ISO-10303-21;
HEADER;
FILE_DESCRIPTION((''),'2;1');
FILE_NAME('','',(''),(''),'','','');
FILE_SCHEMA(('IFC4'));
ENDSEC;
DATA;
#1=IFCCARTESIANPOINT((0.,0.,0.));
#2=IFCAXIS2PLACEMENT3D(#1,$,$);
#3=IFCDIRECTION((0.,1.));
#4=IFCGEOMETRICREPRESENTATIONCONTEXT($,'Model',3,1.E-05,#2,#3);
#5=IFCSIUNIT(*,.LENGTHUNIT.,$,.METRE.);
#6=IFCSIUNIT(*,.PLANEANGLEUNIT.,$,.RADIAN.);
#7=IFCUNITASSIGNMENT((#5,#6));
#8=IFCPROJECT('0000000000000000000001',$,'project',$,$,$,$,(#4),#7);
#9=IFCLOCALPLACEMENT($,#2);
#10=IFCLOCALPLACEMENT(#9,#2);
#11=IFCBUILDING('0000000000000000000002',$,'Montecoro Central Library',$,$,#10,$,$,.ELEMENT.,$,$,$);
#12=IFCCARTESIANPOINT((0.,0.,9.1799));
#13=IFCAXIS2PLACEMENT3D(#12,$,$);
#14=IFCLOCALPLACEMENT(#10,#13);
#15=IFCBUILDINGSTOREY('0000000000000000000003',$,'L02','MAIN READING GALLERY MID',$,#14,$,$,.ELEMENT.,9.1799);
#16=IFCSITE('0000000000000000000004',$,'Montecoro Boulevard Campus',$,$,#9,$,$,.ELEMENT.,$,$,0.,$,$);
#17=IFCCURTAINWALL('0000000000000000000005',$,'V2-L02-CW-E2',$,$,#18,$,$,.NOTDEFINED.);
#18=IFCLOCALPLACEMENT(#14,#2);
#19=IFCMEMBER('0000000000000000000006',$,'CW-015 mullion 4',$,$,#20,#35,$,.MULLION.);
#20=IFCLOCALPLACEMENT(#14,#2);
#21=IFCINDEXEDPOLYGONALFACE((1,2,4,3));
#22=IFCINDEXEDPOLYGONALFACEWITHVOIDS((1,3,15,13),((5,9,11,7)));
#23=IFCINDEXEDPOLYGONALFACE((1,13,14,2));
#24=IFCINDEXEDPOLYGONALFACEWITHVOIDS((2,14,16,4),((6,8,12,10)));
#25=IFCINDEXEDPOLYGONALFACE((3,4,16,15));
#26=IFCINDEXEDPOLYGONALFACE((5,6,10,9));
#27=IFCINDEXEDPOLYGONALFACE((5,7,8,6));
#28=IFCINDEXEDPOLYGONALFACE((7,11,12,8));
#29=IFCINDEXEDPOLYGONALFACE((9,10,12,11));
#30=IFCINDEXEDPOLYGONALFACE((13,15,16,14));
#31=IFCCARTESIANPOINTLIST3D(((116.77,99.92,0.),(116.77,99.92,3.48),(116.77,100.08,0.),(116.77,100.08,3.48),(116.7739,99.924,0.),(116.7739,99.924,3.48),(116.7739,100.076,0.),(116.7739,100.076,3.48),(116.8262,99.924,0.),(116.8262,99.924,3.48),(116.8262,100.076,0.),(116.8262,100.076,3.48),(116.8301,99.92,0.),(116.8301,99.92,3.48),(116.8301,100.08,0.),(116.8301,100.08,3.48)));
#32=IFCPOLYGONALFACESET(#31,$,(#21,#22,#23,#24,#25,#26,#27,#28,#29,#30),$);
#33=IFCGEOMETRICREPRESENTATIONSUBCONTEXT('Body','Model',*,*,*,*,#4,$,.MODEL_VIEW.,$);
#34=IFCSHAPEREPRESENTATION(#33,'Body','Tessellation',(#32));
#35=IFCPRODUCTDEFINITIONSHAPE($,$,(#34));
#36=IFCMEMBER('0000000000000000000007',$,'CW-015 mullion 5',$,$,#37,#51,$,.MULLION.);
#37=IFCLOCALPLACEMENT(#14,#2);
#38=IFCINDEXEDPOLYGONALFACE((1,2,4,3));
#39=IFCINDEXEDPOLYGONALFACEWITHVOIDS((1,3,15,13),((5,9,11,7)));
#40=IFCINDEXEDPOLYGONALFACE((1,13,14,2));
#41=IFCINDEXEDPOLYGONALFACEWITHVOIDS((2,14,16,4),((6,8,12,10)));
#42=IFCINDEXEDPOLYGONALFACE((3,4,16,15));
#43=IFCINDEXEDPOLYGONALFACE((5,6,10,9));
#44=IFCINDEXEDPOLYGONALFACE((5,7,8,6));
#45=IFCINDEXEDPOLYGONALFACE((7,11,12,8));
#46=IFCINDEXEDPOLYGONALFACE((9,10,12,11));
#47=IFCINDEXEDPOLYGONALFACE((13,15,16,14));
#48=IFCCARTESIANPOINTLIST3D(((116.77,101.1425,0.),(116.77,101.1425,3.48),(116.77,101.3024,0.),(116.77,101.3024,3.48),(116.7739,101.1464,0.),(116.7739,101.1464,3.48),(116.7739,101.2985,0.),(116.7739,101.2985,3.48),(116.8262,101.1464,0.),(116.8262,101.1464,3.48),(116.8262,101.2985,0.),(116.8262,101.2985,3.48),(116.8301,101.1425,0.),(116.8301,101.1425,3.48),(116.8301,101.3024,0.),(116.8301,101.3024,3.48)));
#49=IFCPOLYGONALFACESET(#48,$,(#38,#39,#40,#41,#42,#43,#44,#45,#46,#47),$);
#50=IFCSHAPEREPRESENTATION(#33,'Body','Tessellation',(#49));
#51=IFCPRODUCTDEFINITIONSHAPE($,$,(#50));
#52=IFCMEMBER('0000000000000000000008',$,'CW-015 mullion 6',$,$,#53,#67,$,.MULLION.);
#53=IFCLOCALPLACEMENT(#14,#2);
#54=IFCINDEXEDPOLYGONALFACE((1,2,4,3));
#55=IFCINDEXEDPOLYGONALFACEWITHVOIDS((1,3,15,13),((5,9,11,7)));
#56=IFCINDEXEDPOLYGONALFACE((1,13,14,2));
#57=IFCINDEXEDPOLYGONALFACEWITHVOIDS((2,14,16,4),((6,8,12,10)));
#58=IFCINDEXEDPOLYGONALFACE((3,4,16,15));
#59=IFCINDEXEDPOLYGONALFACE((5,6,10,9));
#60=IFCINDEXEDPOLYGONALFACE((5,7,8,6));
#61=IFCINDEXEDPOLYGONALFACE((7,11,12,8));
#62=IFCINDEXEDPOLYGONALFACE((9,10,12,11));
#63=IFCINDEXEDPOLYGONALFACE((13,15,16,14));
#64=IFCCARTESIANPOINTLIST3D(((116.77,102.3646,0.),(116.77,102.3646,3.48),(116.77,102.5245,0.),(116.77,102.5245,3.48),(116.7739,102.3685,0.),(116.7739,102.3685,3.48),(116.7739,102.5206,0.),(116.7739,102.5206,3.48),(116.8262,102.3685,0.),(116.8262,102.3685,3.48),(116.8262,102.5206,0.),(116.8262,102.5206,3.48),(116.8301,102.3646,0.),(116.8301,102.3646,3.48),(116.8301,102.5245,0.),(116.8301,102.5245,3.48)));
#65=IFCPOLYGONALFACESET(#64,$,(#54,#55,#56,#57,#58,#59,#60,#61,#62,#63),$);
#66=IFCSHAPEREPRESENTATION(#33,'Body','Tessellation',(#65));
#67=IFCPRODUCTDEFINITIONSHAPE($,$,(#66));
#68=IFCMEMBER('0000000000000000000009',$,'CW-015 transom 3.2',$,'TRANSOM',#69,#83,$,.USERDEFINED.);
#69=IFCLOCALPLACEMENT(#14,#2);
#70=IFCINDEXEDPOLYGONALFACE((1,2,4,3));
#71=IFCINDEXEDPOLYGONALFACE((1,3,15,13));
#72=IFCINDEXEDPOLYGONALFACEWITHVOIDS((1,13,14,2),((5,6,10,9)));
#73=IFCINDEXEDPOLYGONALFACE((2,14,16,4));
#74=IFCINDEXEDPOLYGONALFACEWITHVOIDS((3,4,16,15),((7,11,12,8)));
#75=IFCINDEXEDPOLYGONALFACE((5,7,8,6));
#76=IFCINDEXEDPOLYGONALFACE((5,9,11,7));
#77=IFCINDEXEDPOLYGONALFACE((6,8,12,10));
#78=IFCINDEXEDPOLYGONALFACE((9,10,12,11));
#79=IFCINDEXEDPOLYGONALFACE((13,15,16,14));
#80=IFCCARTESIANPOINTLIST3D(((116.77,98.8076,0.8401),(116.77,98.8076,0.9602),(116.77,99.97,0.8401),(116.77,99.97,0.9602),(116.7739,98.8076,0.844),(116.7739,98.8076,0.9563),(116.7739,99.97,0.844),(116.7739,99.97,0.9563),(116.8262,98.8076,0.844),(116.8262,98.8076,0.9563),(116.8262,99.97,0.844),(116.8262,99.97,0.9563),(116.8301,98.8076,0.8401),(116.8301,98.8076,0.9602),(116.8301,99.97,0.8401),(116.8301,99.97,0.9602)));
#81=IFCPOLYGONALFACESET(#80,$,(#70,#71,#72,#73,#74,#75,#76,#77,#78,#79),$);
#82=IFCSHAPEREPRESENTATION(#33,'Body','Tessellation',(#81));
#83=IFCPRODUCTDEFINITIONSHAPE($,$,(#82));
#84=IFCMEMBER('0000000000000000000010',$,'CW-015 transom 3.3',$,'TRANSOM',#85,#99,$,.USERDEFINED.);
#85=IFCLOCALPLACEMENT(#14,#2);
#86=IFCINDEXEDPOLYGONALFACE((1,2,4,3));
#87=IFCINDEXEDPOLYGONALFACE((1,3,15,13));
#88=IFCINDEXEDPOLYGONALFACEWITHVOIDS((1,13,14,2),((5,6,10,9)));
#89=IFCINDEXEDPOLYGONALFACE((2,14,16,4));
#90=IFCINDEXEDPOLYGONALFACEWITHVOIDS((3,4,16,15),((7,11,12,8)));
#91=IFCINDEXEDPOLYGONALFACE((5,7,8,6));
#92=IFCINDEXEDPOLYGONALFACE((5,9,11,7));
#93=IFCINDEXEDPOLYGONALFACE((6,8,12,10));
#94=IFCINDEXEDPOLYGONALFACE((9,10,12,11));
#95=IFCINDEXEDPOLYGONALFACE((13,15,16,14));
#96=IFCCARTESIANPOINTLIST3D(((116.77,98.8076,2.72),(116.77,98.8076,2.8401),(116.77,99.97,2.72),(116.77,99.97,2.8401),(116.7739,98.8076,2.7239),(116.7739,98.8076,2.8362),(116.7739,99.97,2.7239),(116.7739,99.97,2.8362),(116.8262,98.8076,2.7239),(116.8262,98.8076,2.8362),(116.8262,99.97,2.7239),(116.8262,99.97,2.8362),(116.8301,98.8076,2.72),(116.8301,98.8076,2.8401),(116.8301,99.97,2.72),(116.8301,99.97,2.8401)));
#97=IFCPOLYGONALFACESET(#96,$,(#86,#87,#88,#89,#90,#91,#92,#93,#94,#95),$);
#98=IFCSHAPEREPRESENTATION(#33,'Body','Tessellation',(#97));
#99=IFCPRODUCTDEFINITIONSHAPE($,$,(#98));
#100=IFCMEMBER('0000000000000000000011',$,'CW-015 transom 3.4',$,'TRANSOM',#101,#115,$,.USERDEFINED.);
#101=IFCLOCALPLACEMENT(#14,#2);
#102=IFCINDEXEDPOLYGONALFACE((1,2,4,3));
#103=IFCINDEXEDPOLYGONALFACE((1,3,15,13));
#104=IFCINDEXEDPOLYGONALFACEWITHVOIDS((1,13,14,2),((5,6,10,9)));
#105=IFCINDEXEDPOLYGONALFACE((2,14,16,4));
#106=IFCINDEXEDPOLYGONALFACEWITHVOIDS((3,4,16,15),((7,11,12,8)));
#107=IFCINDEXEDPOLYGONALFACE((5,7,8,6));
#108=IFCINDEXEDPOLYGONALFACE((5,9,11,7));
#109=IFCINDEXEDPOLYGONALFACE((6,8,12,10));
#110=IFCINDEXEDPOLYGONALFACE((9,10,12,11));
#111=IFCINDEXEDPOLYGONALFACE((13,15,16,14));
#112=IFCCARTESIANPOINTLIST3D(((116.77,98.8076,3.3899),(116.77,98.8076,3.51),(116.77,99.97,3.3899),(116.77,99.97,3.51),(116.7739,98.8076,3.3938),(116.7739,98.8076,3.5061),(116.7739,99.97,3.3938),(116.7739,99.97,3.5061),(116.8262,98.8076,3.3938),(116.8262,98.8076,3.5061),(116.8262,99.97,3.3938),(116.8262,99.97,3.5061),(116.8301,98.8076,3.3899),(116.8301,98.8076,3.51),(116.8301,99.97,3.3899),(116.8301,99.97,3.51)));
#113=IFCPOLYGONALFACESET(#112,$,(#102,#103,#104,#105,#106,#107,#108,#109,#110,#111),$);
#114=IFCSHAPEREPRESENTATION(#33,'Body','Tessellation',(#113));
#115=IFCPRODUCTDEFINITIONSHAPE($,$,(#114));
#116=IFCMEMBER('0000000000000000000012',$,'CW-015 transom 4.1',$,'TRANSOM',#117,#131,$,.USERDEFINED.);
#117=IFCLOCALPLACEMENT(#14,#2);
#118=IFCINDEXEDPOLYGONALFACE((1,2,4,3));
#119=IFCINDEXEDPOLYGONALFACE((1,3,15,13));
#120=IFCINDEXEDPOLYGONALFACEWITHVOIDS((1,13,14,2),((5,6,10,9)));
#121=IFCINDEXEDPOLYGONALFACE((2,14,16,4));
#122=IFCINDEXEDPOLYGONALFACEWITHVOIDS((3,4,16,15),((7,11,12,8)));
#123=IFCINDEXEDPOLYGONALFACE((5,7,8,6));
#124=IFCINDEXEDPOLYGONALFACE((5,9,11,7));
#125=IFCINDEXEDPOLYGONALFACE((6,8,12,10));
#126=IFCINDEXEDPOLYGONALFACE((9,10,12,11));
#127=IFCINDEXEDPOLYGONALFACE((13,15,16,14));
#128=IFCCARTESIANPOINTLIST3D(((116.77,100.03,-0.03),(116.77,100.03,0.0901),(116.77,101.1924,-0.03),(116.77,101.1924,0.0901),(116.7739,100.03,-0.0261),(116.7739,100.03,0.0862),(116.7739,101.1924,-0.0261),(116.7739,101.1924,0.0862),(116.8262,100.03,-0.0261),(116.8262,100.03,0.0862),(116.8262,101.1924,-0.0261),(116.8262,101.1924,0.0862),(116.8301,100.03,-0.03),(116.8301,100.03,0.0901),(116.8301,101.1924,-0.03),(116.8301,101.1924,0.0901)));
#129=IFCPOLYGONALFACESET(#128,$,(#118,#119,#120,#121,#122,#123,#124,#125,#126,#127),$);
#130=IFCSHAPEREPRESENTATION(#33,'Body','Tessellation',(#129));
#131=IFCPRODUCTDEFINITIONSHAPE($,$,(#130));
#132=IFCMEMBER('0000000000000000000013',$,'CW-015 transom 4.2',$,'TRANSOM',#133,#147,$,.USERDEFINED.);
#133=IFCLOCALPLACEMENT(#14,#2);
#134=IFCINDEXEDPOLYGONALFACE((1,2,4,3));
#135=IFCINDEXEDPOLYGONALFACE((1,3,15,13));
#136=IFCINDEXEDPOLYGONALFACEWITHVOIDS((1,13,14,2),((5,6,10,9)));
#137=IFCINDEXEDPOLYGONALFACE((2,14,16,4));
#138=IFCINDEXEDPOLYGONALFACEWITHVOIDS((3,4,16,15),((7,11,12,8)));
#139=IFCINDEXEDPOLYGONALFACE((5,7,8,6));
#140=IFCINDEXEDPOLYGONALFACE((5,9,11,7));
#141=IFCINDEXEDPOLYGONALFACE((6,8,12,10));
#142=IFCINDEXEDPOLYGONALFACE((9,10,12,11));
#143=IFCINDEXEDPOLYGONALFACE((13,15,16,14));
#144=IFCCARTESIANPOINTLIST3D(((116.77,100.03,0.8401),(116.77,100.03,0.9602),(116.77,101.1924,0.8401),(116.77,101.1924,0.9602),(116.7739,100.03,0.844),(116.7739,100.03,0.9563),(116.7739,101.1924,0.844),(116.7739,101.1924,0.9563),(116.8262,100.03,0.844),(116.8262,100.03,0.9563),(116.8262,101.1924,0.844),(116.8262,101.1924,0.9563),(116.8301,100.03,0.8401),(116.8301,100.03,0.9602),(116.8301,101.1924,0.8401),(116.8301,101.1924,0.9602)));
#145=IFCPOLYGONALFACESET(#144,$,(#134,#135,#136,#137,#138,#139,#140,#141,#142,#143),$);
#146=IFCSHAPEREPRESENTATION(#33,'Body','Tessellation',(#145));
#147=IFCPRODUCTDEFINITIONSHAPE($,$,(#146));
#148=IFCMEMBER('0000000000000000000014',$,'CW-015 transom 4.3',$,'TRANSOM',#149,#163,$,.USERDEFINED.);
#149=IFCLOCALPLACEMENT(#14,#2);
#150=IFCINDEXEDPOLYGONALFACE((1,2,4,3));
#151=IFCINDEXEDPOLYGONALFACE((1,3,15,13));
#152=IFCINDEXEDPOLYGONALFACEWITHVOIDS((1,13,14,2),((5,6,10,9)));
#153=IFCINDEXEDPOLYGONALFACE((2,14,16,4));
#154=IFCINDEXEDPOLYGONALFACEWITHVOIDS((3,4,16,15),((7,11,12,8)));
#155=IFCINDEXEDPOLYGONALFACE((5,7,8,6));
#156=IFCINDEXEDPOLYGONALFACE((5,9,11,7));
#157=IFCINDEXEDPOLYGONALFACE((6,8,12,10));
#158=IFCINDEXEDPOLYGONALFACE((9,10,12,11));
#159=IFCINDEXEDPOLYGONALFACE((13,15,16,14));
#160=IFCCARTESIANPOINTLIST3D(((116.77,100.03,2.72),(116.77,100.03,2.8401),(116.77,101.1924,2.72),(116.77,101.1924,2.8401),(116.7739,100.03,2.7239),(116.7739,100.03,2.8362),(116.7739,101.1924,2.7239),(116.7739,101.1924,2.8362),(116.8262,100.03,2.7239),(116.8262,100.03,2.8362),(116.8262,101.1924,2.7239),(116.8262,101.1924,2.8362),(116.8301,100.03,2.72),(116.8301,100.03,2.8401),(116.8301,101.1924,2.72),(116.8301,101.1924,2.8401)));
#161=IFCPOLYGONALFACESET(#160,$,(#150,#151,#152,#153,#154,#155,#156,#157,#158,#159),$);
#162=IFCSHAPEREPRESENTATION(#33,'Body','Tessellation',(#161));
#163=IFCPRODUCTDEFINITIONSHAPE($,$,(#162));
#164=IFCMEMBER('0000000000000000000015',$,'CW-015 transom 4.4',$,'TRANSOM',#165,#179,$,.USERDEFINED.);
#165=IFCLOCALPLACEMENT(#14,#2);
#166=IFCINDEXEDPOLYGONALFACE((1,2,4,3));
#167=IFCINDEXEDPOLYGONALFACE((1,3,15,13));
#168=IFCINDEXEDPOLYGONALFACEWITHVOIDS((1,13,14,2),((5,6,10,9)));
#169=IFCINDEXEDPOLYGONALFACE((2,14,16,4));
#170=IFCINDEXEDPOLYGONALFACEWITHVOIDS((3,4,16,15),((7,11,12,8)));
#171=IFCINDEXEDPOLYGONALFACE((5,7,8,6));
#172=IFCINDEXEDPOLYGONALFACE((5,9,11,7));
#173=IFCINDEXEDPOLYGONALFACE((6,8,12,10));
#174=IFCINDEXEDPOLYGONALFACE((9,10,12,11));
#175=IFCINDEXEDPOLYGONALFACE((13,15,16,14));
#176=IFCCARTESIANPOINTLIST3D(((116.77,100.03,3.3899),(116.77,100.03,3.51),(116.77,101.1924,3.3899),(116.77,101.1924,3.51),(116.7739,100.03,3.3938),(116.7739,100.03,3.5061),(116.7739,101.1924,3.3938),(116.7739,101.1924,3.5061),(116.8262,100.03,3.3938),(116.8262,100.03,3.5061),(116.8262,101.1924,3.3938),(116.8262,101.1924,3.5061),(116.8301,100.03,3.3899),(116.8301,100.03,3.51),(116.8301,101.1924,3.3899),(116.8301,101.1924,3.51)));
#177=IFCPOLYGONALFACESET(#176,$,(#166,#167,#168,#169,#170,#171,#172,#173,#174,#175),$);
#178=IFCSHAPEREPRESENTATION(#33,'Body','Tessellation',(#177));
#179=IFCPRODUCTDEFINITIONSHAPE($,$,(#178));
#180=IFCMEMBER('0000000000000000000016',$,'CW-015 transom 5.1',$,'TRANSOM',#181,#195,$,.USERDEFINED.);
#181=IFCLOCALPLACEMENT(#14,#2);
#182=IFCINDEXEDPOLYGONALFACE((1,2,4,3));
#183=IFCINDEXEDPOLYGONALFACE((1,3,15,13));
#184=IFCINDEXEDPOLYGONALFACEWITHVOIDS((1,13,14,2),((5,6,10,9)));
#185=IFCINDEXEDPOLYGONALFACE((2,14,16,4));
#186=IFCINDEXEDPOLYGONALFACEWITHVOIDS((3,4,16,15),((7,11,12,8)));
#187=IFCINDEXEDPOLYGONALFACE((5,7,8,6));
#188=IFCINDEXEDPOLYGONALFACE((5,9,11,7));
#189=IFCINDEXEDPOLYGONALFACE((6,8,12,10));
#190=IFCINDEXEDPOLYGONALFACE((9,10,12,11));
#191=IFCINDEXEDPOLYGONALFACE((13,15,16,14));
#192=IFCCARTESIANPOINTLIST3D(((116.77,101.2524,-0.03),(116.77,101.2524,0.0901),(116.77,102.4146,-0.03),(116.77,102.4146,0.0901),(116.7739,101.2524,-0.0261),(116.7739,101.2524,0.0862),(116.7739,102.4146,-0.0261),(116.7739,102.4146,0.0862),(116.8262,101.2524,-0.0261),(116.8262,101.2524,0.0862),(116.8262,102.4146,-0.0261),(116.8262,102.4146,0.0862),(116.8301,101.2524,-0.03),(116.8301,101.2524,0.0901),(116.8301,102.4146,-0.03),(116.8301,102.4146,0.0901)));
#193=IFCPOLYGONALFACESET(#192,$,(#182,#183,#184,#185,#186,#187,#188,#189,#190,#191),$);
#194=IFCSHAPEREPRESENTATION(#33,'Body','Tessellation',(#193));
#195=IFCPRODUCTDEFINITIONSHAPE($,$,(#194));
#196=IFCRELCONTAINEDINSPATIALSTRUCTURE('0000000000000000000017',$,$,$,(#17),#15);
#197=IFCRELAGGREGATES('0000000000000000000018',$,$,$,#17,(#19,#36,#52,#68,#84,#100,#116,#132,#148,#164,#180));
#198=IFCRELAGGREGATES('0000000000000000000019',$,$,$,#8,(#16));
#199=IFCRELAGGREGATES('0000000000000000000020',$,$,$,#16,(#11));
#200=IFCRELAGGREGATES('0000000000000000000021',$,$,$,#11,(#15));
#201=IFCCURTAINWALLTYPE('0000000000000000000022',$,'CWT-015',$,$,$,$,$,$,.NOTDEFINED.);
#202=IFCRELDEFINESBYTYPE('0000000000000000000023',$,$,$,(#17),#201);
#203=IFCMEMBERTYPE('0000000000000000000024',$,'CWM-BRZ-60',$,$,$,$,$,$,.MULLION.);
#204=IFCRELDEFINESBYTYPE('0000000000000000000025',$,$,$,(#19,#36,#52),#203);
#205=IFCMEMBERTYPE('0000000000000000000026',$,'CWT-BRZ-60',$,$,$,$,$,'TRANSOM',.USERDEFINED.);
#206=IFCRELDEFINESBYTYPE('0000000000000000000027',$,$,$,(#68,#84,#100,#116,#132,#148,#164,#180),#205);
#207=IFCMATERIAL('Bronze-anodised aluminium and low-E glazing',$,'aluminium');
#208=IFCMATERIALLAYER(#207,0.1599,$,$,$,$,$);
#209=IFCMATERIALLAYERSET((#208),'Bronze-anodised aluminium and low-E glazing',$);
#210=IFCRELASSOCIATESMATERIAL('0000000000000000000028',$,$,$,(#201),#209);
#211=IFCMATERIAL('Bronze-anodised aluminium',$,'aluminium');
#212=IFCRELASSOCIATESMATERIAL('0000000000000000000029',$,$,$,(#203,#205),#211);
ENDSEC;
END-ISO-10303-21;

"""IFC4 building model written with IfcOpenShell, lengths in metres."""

from ifc_helpers import new_model, si_unit, direction, frame, origin, origin_2d, place, context, subcontext, project, spatial, hollow_rectangle, extrude, material, layer, layer_set, material_profile, profile_set, type_object, element, aggregate, save


model = new_model("IFC4")

# Units and contexts
model_context = context("Model", 3, precision=1e-05, world=origin(), true_north=direction((0.0, 1.0)))
body_context = subcontext(model_context, "Body", "Model", "MODEL_VIEW")
ifc_project = project(units=[si_unit("LENGTHUNIT", "METRE"), si_unit("PLANEANGLEUNIT", "RADIAN")], contexts=[model_context])

# Site, building, storey
site_placement = place(None, origin())
site = spatial("IfcSite", under=ifc_project, at=site_placement, Name="Montecoro Boulevard Campus", CompositionType="ELEMENT", RefElevation=0.0)
building_placement = place(site_placement, origin())
building = spatial("IfcBuilding", under=site, at=building_placement, Name="Montecoro Central Library", CompositionType="ELEMENT")
storey_placement = place(building_placement, frame((0.0, 0.0, 9.1799)))
storey = spatial("IfcBuildingStorey", under=building, at=storey_placement, Name="L02", Description="MAIN READING GALLERY MID", CompositionType="ELEMENT", Elevation=9.1799)

# Curtain wall, members
ifc_material_1 = material(Name="Bronze-anodised aluminium and low-E glazing", Category="aluminium")
ifc_layer_1 = layer(ifc_material_1, 0.1599)
ifc_layer_set_1 = layer_set([ifc_layer_1], Name="Bronze-anodised aluminium and low-E glazing")
curtain_wall_type = type_object("IfcCurtainWallType", Name="CWT-015", PredefinedType="NOTDEFINED", material=ifc_layer_set_1)
curtain_wall_placement = place(storey_placement, origin())
curtain_wall = element("IfcCurtainWall", 1, at=curtain_wall_placement, inside=storey, type_object=curtain_wall_type, Name="V2-L02-CW-E2", PredefinedType="NOTDEFINED")
ifc_material_2 = material(Name="Bronze-anodised aluminium", Category="aluminium")
ifc_material_profile_1 = material_profile(ifc_material_2, hollow_rectangle(XDim=0.0601, YDim=0.1599, WallThickness=0.0039, at=origin_2d()), Name="CWM 160x60x4.0")
ifc_profile_set_1 = profile_set([ifc_material_profile_1], Name="Bronze-anodised aluminium")
member_type_1 = type_object("IfcMemberType", Name="CWM-BRZ-60", PredefinedType="MULLION", material=ifc_profile_set_1)
member_1_placement = place(storey_placement, frame((116.8, 100.0, 0.0), z_axis=(0.0, 0.0, 1.0), x_axis=(-1.0, 0.0, 0.0)))
member_1 = element("IfcMember", 2, at=member_1_placement, type_object=member_type_1, Name="CW-015 mullion 4", PredefinedType="MULLION", context=body_context, shape_type="SweptSolid", body=[
    extrude(hollow_rectangle(XDim=0.0601, YDim=0.1599, WallThickness=0.0039, at=origin_2d()), origin(), (0.0, 0.0, 1.0), 3.48),
])
member_2_placement = place(storey_placement, frame((116.8, 101.2224, 0.0), z_axis=(0.0, 0.0, 1.0), x_axis=(-1.0, 0.0, 0.0)))
member_2 = element("IfcMember", 3, at=member_2_placement, type_object=member_type_1, Name="CW-015 mullion 5", PredefinedType="MULLION", context=body_context, shape_type="SweptSolid", body=[
    extrude(hollow_rectangle(XDim=0.0601, YDim=0.1599, WallThickness=0.0039, at=origin_2d()), origin(), (0.0, 0.0, 1.0), 3.48),
])
member_3_placement = place(storey_placement, frame((116.8, 102.4446, 0.0), z_axis=(0.0, 0.0, 1.0), x_axis=(-1.0, 0.0, 0.0)))
member_3 = element("IfcMember", 4, at=member_3_placement, type_object=member_type_1, Name="CW-015 mullion 6", PredefinedType="MULLION", context=body_context, shape_type="SweptSolid", body=[
    extrude(hollow_rectangle(XDim=0.0601, YDim=0.1599, WallThickness=0.0039, at=origin_2d()), origin(), (0.0, 0.0, 1.0), 3.48),
])
ifc_material_profile_2 = material_profile(ifc_material_2, hollow_rectangle(XDim=0.0601, YDim=0.1201, WallThickness=0.0039, at=origin_2d()), Name="CWT 120x60x4.0")
ifc_profile_set_2 = profile_set([ifc_material_profile_2], Name="Bronze-anodised aluminium")
member_type_2 = type_object("IfcMemberType", Name="CWT-BRZ-60", ElementType="TRANSOM", PredefinedType="USERDEFINED", material=ifc_profile_set_2)
member_4_placement = place(storey_placement, frame((116.8, 98.8076, 0.9001), z_axis=(0.0, 1.0, 0.0), x_axis=(-1.0, 0.0, 0.0)))
member_4 = element("IfcMember", 5, at=member_4_placement, type_object=member_type_2, Name="CW-015 transom 3.2", ObjectType="TRANSOM", PredefinedType="USERDEFINED", context=body_context, shape_type="SweptSolid", body=[
    extrude(hollow_rectangle(XDim=0.0601, YDim=0.1201, WallThickness=0.0039, at=origin_2d()), origin(), (0.0, 0.0, 1.0), 1.1624),
])
member_5_placement = place(storey_placement, frame((116.8, 98.8076, 2.78), z_axis=(0.0, 1.0, 0.0), x_axis=(-1.0, 0.0, 0.0)))
member_5 = element("IfcMember", 6, at=member_5_placement, type_object=member_type_2, Name="CW-015 transom 3.3", ObjectType="TRANSOM", PredefinedType="USERDEFINED", context=body_context, shape_type="SweptSolid", body=[
    extrude(hollow_rectangle(XDim=0.0601, YDim=0.1201, WallThickness=0.0039, at=origin_2d()), origin(), (0.0, 0.0, 1.0), 1.1624),
])
member_6_placement = place(storey_placement, frame((116.8, 98.8076, 3.45), z_axis=(0.0, 1.0, 0.0), x_axis=(-1.0, 0.0, 0.0)))
member_6 = element("IfcMember", 7, at=member_6_placement, type_object=member_type_2, Name="CW-015 transom 3.4", ObjectType="TRANSOM", PredefinedType="USERDEFINED", context=body_context, shape_type="SweptSolid", body=[
    extrude(hollow_rectangle(XDim=0.0601, YDim=0.1201, WallThickness=0.0039, at=origin_2d()), origin(), (0.0, 0.0, 1.0), 1.1624),
])
member_7_placement = place(storey_placement, frame((116.8, 100.03, 0.03), z_axis=(0.0, 1.0, 0.0), x_axis=(-1.0, 0.0, 0.0)))
member_7 = element("IfcMember", 8, at=member_7_placement, type_object=member_type_2, Name="CW-015 transom 4.1", ObjectType="TRANSOM", PredefinedType="USERDEFINED", context=body_context, shape_type="SweptSolid", body=[
    extrude(hollow_rectangle(XDim=0.0601, YDim=0.1201, WallThickness=0.0039, at=origin_2d()), origin(), (0.0, 0.0, 1.0), 1.1624),
])
member_8_placement = place(storey_placement, frame((116.8, 100.03, 0.9001), z_axis=(0.0, 1.0, 0.0), x_axis=(-1.0, 0.0, 0.0)))
member_8 = element("IfcMember", 9, at=member_8_placement, type_object=member_type_2, Name="CW-015 transom 4.2", ObjectType="TRANSOM", PredefinedType="USERDEFINED", context=body_context, shape_type="SweptSolid", body=[
    extrude(hollow_rectangle(XDim=0.0601, YDim=0.1201, WallThickness=0.0039, at=origin_2d()), origin(), (0.0, 0.0, 1.0), 1.1624),
])
member_9_placement = place(storey_placement, frame((116.8, 100.03, 2.78), z_axis=(0.0, 1.0, 0.0), x_axis=(-1.0, 0.0, 0.0)))
member_9 = element("IfcMember", 10, at=member_9_placement, type_object=member_type_2, Name="CW-015 transom 4.3", ObjectType="TRANSOM", PredefinedType="USERDEFINED", context=body_context, shape_type="SweptSolid", body=[
    extrude(hollow_rectangle(XDim=0.0601, YDim=0.1201, WallThickness=0.0039, at=origin_2d()), origin(), (0.0, 0.0, 1.0), 1.1624),
])
member_10_placement = place(storey_placement, frame((116.8, 100.03, 3.45), z_axis=(0.0, 1.0, 0.0), x_axis=(-1.0, 0.0, 0.0)))
member_10 = element("IfcMember", 11, at=member_10_placement, type_object=member_type_2, Name="CW-015 transom 4.4", ObjectType="TRANSOM", PredefinedType="USERDEFINED", context=body_context, shape_type="SweptSolid", body=[
    extrude(hollow_rectangle(XDim=0.0601, YDim=0.1201, WallThickness=0.0039, at=origin_2d()), origin(), (0.0, 0.0, 1.0), 1.1624),
])
member_11_placement = place(storey_placement, frame((116.8, 101.2524, 0.03), z_axis=(0.0, 1.0, 0.0), x_axis=(-1.0, 0.0, 0.0)))
member_11 = element("IfcMember", 12, at=member_11_placement, type_object=member_type_2, Name="CW-015 transom 5.1", ObjectType="TRANSOM", PredefinedType="USERDEFINED", context=body_context, shape_type="SweptSolid", body=[
    extrude(hollow_rectangle(XDim=0.0601, YDim=0.1201, WallThickness=0.0039, at=origin_2d()), origin(), (0.0, 0.0, 1.0), 1.1621),
])
aggregate(curtain_wall, [member_1, member_2, member_3, member_4, member_5, member_6, member_7, member_8, member_9, member_10, member_11])

save(model, "model.ifc")
